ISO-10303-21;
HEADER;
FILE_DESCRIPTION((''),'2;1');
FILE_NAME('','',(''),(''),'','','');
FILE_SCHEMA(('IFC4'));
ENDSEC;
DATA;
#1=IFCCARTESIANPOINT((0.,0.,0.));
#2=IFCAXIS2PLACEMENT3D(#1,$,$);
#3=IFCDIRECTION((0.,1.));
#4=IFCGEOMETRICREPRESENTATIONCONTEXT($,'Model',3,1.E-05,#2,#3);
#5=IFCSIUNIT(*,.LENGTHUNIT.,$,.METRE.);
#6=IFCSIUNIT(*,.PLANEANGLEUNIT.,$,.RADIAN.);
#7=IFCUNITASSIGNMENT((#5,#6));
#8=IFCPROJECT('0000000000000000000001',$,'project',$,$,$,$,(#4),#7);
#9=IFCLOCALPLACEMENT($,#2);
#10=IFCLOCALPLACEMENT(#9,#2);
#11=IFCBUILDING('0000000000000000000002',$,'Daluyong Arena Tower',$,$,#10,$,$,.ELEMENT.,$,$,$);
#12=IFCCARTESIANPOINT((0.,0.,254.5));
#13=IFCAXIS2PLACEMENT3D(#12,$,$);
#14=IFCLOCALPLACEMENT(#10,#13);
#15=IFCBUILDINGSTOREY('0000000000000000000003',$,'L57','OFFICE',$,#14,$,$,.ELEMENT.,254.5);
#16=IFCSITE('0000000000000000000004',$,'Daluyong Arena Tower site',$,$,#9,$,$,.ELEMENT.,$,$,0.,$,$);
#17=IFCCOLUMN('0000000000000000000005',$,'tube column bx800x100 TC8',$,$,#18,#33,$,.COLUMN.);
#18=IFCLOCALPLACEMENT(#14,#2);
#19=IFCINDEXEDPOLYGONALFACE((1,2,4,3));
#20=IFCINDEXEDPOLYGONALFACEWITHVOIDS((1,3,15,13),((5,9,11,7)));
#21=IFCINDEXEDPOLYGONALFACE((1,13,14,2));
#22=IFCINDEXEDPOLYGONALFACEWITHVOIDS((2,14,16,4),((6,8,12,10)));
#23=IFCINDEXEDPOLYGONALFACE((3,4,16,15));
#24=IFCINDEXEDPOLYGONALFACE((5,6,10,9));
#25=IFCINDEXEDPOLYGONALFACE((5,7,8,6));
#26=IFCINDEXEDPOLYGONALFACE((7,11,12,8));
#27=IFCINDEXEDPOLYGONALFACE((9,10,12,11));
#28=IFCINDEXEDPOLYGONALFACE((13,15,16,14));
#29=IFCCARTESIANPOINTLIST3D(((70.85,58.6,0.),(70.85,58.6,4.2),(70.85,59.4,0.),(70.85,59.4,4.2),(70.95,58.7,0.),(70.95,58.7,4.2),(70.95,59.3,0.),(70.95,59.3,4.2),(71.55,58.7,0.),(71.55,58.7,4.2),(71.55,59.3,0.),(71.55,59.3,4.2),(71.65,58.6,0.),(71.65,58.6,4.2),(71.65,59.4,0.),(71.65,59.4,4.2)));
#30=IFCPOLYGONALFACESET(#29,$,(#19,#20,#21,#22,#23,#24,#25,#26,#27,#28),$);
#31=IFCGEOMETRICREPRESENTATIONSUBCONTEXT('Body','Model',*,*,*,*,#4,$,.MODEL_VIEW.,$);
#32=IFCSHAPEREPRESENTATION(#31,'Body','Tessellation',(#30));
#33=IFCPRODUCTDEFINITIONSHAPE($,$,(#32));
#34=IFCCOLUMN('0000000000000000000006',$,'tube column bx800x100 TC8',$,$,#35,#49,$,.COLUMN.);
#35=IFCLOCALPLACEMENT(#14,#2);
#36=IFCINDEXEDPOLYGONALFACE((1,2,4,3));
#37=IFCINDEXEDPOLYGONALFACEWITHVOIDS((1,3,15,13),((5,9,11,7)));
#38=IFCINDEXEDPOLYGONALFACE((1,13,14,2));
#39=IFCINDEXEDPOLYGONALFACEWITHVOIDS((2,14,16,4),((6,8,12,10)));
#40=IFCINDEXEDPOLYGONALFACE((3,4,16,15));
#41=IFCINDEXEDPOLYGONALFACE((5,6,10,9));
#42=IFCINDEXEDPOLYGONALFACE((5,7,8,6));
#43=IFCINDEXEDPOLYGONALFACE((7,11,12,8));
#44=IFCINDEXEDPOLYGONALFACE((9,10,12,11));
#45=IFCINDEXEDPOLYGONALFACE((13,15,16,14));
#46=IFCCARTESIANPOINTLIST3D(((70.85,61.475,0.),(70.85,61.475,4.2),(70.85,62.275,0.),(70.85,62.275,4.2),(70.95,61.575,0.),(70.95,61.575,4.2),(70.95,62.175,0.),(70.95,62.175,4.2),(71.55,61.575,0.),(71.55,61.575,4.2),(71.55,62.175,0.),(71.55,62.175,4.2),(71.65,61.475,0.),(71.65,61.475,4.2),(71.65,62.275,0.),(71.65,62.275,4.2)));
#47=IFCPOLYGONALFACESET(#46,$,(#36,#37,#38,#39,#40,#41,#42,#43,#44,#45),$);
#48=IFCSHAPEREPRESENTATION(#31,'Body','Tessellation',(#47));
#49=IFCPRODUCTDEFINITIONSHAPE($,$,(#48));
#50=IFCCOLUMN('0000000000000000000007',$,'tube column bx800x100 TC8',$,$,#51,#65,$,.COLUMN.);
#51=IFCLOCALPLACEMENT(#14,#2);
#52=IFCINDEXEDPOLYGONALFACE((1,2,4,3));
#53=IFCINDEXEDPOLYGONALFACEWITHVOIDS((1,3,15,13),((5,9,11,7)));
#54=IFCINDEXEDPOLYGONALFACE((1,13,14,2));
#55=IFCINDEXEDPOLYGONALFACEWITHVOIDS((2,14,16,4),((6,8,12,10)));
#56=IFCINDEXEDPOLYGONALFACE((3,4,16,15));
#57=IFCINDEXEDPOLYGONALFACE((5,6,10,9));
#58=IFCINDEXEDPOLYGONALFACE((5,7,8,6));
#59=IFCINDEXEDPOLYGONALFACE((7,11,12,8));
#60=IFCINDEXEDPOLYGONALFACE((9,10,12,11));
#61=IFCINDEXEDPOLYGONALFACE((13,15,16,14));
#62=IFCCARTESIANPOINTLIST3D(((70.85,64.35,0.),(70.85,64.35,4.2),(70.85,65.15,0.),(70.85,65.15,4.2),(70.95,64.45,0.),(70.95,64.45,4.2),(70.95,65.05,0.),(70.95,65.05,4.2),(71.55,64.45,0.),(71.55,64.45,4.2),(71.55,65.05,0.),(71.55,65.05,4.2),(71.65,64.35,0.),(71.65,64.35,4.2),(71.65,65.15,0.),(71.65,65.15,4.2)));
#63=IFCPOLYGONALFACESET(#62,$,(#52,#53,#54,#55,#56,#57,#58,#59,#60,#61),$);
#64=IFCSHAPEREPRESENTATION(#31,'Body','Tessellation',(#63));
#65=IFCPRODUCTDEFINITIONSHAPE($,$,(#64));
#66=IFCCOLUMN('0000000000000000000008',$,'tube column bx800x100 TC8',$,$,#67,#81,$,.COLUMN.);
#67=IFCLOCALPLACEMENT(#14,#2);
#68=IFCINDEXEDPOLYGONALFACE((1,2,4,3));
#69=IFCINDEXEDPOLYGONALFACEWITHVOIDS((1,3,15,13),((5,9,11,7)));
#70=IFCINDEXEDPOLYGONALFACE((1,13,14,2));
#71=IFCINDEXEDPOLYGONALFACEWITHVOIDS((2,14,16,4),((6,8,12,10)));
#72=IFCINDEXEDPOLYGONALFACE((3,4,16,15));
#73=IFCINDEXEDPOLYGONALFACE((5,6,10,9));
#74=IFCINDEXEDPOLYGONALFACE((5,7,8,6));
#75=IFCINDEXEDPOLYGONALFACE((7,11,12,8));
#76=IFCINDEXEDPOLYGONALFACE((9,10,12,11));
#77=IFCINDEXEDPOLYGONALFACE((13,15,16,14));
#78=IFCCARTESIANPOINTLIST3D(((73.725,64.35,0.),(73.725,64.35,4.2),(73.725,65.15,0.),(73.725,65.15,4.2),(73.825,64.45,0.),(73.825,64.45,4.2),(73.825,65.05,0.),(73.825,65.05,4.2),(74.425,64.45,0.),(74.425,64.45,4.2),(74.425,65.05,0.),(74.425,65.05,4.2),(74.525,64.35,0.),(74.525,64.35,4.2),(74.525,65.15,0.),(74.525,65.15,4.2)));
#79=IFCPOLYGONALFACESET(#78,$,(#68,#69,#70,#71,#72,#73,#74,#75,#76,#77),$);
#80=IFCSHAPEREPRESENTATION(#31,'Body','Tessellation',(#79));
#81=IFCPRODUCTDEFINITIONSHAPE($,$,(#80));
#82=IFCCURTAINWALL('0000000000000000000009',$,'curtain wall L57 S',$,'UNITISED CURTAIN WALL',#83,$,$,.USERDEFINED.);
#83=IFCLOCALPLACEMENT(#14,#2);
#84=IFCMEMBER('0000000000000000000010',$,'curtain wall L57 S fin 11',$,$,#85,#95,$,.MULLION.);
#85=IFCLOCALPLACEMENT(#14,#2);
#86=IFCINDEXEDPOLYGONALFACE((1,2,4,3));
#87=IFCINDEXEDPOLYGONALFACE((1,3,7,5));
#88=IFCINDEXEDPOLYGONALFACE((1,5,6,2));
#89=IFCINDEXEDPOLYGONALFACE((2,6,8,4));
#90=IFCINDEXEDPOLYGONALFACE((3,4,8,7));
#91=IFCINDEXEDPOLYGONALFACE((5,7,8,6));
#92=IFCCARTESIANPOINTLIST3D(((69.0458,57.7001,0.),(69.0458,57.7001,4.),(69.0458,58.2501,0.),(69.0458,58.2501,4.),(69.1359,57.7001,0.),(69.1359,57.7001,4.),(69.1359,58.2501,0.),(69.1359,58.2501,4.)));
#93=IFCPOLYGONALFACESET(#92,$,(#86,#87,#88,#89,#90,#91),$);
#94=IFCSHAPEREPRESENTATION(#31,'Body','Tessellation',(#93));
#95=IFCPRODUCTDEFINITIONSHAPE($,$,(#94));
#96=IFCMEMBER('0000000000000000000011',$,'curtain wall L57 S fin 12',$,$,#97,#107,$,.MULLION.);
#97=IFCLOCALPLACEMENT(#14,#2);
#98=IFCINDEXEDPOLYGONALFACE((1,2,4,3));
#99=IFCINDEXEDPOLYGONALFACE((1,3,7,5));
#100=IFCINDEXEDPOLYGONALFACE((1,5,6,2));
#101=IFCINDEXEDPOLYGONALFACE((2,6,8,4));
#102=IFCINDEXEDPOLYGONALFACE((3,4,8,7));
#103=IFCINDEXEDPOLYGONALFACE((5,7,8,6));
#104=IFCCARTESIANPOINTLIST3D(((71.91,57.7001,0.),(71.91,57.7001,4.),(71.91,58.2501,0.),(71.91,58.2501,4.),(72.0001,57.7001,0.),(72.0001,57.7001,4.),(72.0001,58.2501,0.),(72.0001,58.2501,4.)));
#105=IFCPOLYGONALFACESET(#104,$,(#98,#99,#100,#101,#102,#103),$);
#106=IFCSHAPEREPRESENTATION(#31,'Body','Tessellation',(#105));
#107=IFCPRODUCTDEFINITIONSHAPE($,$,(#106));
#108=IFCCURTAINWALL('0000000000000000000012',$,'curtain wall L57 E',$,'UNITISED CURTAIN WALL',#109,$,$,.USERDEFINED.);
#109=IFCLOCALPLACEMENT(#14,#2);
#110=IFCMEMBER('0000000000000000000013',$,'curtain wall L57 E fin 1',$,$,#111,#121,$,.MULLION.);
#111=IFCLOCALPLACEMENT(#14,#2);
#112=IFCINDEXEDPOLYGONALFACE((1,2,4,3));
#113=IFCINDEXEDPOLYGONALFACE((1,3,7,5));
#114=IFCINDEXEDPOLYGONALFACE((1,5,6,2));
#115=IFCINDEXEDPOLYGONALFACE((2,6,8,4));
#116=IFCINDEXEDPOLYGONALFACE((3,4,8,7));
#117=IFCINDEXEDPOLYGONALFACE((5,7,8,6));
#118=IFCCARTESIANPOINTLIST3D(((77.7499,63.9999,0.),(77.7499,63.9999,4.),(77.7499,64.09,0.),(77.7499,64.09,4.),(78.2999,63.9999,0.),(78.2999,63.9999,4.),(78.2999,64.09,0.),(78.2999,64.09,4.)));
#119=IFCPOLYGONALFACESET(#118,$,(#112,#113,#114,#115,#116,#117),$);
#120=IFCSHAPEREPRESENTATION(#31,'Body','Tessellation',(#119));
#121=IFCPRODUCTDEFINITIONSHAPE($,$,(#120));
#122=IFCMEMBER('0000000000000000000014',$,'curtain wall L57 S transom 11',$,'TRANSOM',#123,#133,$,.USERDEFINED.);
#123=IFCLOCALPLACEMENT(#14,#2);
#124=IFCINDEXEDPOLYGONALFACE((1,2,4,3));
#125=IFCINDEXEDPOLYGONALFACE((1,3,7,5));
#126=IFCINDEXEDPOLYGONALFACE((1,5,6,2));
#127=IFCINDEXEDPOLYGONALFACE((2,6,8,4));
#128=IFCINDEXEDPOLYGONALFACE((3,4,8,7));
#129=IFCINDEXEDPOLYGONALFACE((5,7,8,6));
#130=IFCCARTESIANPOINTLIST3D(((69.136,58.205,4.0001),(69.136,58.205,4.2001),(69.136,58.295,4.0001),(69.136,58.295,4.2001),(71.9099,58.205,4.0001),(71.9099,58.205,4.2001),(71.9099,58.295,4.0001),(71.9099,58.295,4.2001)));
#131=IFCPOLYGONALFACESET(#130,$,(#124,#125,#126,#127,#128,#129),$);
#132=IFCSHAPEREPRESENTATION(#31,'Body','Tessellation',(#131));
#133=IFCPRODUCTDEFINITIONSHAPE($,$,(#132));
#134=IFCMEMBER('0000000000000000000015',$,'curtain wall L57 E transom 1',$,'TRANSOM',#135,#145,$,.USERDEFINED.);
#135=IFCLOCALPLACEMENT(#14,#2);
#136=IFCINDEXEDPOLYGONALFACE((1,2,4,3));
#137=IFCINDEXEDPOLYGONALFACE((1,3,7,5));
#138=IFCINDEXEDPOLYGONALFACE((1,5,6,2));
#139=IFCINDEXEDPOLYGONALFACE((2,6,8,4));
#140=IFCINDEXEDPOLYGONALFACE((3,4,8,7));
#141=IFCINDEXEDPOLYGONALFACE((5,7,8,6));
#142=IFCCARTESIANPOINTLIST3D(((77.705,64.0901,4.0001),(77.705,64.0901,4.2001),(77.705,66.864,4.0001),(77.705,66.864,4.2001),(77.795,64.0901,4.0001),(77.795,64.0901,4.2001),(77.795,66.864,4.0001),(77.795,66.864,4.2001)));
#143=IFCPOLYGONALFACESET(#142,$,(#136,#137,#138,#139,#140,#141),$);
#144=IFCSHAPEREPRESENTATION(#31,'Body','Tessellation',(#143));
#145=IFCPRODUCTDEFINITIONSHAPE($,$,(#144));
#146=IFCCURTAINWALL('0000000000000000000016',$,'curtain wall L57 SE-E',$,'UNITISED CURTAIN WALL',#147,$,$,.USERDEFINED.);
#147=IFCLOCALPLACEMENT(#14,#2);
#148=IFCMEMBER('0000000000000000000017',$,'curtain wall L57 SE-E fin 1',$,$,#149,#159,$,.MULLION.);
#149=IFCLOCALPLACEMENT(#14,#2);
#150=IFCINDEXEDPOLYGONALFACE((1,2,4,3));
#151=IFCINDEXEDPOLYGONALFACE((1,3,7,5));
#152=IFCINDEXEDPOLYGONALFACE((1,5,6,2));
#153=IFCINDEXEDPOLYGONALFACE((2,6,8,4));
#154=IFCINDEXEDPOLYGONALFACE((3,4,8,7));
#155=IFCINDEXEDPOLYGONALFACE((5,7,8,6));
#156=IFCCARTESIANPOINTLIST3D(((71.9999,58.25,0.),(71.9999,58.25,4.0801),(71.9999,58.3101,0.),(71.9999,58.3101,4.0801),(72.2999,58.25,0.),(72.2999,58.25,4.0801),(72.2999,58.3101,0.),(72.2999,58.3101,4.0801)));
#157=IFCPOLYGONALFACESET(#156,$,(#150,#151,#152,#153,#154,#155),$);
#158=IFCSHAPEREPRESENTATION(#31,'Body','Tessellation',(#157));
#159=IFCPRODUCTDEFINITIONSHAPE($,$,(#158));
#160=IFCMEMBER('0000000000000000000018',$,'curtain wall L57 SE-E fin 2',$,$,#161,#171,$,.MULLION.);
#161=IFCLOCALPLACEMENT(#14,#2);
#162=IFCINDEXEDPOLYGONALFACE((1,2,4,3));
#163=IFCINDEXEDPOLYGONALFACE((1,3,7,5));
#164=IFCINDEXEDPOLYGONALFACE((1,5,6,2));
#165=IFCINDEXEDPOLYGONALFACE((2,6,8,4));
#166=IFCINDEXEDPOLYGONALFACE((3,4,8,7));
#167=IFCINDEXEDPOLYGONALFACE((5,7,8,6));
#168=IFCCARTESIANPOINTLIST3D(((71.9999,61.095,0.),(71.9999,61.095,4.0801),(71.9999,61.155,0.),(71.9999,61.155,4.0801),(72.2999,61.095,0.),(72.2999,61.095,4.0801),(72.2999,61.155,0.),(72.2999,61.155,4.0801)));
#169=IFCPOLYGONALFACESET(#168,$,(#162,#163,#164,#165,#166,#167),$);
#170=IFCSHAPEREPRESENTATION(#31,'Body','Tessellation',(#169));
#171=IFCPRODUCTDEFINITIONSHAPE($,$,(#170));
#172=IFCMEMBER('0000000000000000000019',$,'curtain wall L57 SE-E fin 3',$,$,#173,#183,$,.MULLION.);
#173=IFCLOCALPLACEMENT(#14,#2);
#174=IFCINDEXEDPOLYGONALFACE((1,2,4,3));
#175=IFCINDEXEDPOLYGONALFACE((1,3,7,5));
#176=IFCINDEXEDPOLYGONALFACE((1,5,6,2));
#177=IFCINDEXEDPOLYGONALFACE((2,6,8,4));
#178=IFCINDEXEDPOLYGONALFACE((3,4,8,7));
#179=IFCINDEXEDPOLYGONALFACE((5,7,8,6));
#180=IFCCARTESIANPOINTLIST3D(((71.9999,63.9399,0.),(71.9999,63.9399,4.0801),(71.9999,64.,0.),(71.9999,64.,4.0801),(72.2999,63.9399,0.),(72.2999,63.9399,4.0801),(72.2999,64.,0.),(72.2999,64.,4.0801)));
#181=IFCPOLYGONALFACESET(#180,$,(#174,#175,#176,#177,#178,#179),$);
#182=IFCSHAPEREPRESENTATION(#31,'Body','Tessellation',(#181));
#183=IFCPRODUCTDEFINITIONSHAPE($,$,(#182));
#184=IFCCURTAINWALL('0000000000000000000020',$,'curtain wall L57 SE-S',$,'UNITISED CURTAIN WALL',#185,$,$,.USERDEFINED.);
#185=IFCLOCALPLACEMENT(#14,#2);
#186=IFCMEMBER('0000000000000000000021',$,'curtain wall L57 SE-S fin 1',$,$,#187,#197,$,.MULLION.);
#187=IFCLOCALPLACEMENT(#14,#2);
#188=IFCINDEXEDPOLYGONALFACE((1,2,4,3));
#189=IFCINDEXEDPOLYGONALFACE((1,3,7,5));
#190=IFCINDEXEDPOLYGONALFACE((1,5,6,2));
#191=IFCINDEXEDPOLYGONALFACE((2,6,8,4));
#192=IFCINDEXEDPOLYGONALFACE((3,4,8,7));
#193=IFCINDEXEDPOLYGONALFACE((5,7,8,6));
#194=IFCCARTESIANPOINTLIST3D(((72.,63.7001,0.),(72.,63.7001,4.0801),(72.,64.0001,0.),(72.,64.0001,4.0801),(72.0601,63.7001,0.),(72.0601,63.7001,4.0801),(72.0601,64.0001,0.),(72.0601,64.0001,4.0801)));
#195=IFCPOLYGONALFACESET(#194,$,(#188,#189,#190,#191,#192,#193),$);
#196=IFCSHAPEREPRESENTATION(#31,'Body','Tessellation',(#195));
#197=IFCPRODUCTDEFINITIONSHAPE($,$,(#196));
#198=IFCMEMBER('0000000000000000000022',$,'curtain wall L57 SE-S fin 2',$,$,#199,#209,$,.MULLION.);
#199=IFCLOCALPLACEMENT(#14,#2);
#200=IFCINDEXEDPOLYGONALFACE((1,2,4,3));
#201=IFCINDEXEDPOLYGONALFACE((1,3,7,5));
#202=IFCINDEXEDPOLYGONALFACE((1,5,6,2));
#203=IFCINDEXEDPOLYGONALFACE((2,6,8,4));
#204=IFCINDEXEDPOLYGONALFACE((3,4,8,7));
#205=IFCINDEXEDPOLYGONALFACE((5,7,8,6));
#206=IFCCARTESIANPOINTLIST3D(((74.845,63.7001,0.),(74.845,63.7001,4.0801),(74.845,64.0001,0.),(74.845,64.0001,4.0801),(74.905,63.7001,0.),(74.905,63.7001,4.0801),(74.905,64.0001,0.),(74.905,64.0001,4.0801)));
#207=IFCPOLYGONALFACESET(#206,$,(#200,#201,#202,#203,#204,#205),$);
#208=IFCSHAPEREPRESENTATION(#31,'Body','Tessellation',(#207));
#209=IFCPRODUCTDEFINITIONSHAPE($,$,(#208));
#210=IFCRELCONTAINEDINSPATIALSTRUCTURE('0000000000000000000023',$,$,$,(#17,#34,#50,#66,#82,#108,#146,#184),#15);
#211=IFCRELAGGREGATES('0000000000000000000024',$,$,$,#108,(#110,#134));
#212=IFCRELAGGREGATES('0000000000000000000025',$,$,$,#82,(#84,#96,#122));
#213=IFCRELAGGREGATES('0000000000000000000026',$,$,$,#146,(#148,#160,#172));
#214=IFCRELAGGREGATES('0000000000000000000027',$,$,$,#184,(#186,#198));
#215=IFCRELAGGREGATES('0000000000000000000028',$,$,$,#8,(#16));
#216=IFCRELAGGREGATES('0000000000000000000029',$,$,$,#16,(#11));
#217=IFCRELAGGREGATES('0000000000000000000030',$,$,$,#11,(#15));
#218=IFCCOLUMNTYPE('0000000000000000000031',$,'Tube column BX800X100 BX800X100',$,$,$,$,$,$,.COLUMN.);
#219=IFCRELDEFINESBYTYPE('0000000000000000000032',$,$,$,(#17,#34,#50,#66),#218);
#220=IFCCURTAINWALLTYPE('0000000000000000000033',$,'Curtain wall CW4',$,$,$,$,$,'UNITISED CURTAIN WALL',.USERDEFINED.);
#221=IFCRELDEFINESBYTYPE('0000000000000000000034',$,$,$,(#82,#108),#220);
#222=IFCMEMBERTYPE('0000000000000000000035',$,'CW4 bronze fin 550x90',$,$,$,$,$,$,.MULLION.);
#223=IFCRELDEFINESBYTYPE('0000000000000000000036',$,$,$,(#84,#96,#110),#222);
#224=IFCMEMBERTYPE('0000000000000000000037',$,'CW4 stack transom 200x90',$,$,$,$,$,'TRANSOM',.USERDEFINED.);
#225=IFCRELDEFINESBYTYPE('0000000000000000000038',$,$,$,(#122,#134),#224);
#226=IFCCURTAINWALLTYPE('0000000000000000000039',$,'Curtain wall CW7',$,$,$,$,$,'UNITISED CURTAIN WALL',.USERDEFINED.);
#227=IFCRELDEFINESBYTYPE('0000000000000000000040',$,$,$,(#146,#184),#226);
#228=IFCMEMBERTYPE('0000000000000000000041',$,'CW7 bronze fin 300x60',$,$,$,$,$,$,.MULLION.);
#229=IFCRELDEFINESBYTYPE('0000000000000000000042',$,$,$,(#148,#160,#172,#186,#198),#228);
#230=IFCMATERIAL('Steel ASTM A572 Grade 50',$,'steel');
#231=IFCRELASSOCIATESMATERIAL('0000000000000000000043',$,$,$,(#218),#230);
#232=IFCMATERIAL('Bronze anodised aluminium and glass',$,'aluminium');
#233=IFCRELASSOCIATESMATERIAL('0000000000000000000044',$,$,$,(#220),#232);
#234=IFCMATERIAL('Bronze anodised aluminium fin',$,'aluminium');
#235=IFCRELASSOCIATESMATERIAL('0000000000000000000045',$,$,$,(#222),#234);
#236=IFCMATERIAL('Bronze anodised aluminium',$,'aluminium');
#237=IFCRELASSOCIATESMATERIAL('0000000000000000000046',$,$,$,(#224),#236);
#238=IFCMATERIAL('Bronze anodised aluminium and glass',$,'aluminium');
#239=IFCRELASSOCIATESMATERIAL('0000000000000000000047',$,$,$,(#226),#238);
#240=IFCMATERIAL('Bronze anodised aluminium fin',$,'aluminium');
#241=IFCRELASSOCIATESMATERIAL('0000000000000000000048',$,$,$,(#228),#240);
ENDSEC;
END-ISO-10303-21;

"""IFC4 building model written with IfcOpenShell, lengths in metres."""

from ifc_helpers import new_model, si_unit, direction, frame, origin, origin_2d, place, context, subcontext, project, spatial, rectangle, hollow_rectangle, extrude, material, material_profile, profile_set, type_object, element, aggregate, save


model = new_model("IFC4")

# Units and contexts
model_context = context("Model", 3, precision=1e-05, world=origin(), true_north=direction((0.0, 1.0)))
body_context = subcontext(model_context, "Body", "Model", "MODEL_VIEW")
ifc_project = project(units=[si_unit("LENGTHUNIT", "METRE"), si_unit("PLANEANGLEUNIT", "RADIAN")], contexts=[model_context])

# Site, building, storey
site_placement = place(None, origin())
site = spatial("IfcSite", under=ifc_project, at=site_placement, Name="Daluyong Arena Tower site", CompositionType="ELEMENT", RefElevation=0.0)
building_placement = place(site_placement, origin())
building = spatial("IfcBuilding", under=site, at=building_placement, Name="Daluyong Arena Tower", CompositionType="ELEMENT")
storey_placement = place(building_placement, frame((0.0, 0.0, 254.5)))
storey = spatial("IfcBuildingStorey", under=building, at=storey_placement, Name="L57", Description="OFFICE", CompositionType="ELEMENT", Elevation=254.5)

# Columns
ifc_material_1 = material(Name="Steel ASTM A572 Grade 50", Category="steel")
ifc_material_profile_1 = material_profile(ifc_material_1, hollow_rectangle(XDim=0.8, YDim=0.8, WallThickness=0.1, at=origin_2d()))
ifc_profile_set_1 = profile_set([ifc_material_profile_1], Name="Steel ASTM A572 Grade 50")
column_type = type_object("IfcColumnType", Name="Tube column BX800X100 BX800X100", PredefinedType="COLUMN", material=ifc_profile_set_1)
for number, where, z_axis, x_axis, name in (
    (1, (71.25, 59.0, 0.0), (0.0, 0.0, 1.0), (0.0, 1.0, 0.0), "tube column bx800x100 TC8"),
    (2, (71.25, 61.875, 0.0), (0.0, 0.0, 1.0), (0.0, 1.0, 0.0), "tube column bx800x100 TC8"),
    (3, (71.25, 64.75, 0.0), (0.0, 0.0, 1.0), (1.0, 0.0, 0.0), "tube column bx800x100 TC8"),
    (4, (74.125, 64.75, 0.0), (0.0, 0.0, 1.0), (1.0, 0.0, 0.0), "tube column bx800x100 TC8"),
):
    element("IfcColumn", number, at=place(storey_placement, frame(where, z_axis=z_axis, x_axis=x_axis)), inside=storey, type_object=column_type, Name=name, PredefinedType="COLUMN", context=body_context, shape_type="SweptSolid", body=[
        extrude(hollow_rectangle(XDim=0.8, YDim=0.8, WallThickness=0.1, at=origin_2d()), origin(), (0.0, 0.0, 1.0), 4.2),
    ])

# Curtain wall, members
ifc_material_2 = material(Name="Bronze anodised aluminium and glass", Category="aluminium")
curtain_wall_type_1 = type_object("IfcCurtainWallType", Name="Curtain wall CW4", ElementType="UNITISED CURTAIN WALL", PredefinedType="USERDEFINED", material=ifc_material_2)
curtain_wall_1_placement = place(storey_placement, origin())
curtain_wall_1 = element("IfcCurtainWall", 5, at=curtain_wall_1_placement, inside=storey, type_object=curtain_wall_type_1, Name="curtain wall L57 S", ObjectType="UNITISED CURTAIN WALL", PredefinedType="USERDEFINED")
ifc_material_3 = material(Name="Bronze anodised aluminium fin", Category="aluminium")
ifc_material_profile_2 = material_profile(ifc_material_3, rectangle(XDim=0.55, YDim=0.0901, at=origin_2d()))
ifc_profile_set_2 = profile_set([ifc_material_profile_2], Name="Bronze anodised aluminium fin")
member_type_1 = type_object("IfcMemberType", Name="CW4 bronze fin 550x90", PredefinedType="MULLION", material=ifc_profile_set_2)
member_1_placement = place(storey_placement, frame((69.0908, 57.9751, 0.0), z_axis=(0.0, 0.0, 1.0), x_axis=(0.0, 1.0, 0.0)))
member_1 = element("IfcMember", 6, at=member_1_placement, type_object=member_type_1, Name="curtain wall L57 S fin 11", PredefinedType="MULLION", context=body_context, shape_type="SweptSolid", body=[
    extrude(rectangle(XDim=0.55, YDim=0.0901, at=origin_2d()), origin(), (0.0, 0.0, 1.0), 4.0),
])
member_2_placement = place(storey_placement, frame((71.9551, 57.9751, 0.0), z_axis=(0.0, 0.0, 1.0), x_axis=(0.0, 1.0, 0.0)))
member_2 = element("IfcMember", 7, at=member_2_placement, type_object=member_type_1, Name="curtain wall L57 S fin 12", PredefinedType="MULLION", context=body_context, shape_type="SweptSolid", body=[
    extrude(rectangle(XDim=0.55, YDim=0.0901, at=origin_2d()), origin(), (0.0, 0.0, 1.0), 4.0),
])

# Curtain wall, member
curtain_wall_2_placement = place(storey_placement, origin())
curtain_wall_2 = element("IfcCurtainWall", 8, at=curtain_wall_2_placement, inside=storey, type_object=curtain_wall_type_1, Name="curtain wall L57 E", ObjectType="UNITISED CURTAIN WALL", PredefinedType="USERDEFINED")
member_3_placement = place(storey_placement, frame((78.0249, 64.0449, 0.0), z_axis=(0.0, 0.0, 1.0), x_axis=(-1.0, 0.0, 0.0)))
member_3 = element("IfcMember", 9, at=member_3_placement, type_object=member_type_1, Name="curtain wall L57 E fin 1", PredefinedType="MULLION", context=body_context, shape_type="SweptSolid", body=[
    extrude(rectangle(XDim=0.55, YDim=0.0901, at=origin_2d()), origin(), (0.0, 0.0, 1.0), 4.0),
])

# Members
ifc_material_4 = material(Name="Bronze anodised aluminium", Category="aluminium")
ifc_material_profile_3 = material_profile(ifc_material_4, rectangle(XDim=0.0901, YDim=0.2, at=origin_2d()))
ifc_profile_set_3 = profile_set([ifc_material_profile_3], Name="Bronze anodised aluminium")
member_type_2 = type_object("IfcMemberType", Name="CW4 stack transom 200x90", ElementType="TRANSOM", PredefinedType="USERDEFINED", material=ifc_profile_set_3)
member_4_placement = place(storey_placement, frame((69.136, 58.25, 4.1001), z_axis=(1.0, 0.0, 0.0), x_axis=(0.0, 1.0, 0.0)))
member_4 = element("IfcMember", 10, at=member_4_placement, type_object=member_type_2, Name="curtain wall L57 S transom 11", ObjectType="TRANSOM", PredefinedType="USERDEFINED", context=body_context, shape_type="SweptSolid", body=[
    extrude(rectangle(XDim=0.0901, YDim=0.2, at=origin_2d()), origin(), (0.0, 0.0, 1.0), 2.7739),
])
member_5_placement = place(storey_placement, frame((77.75, 64.0901, 4.1001), z_axis=(0.0, 1.0, 0.0), x_axis=(-1.0, 0.0, 0.0)))
member_5 = element("IfcMember", 11, at=member_5_placement, type_object=member_type_2, Name="curtain wall L57 E transom 1", ObjectType="TRANSOM", PredefinedType="USERDEFINED", context=body_context, shape_type="SweptSolid", body=[
    extrude(rectangle(XDim=0.0901, YDim=0.2, at=origin_2d()), origin(), (0.0, 0.0, 1.0), 2.7739),
])
aggregate(curtain_wall_2, [member_3, member_5])

# Curtain walls, members
ifc_material_5 = material(Name="Bronze anodised aluminium and glass", Category="aluminium")
curtain_wall_type_2 = type_object("IfcCurtainWallType", Name="Curtain wall CW7", ElementType="UNITISED CURTAIN WALL", PredefinedType="USERDEFINED", material=ifc_material_5)
curtain_wall_3_placement = place(storey_placement, origin())
curtain_wall_3 = element("IfcCurtainWall", 12, at=curtain_wall_3_placement, inside=storey, type_object=curtain_wall_type_2, Name="curtain wall L57 SE-E", ObjectType="UNITISED CURTAIN WALL", PredefinedType="USERDEFINED")
ifc_material_6 = material(Name="Bronze anodised aluminium fin", Category="aluminium")
ifc_material_profile_4 = material_profile(ifc_material_6, rectangle(XDim=0.3, YDim=0.0601, at=origin_2d()))
ifc_profile_set_4 = profile_set([ifc_material_profile_4], Name="Bronze anodised aluminium fin")
member_type_3 = type_object("IfcMemberType", Name="CW7 bronze fin 300x60", PredefinedType="MULLION", material=ifc_profile_set_4)
member_6_placement = place(storey_placement, frame((72.1499, 58.28, 0.0), z_axis=(0.0, 0.0, 1.0), x_axis=(-1.0, 0.0, 0.0)))
member_6 = element("IfcMember", 13, at=member_6_placement, type_object=member_type_3, Name="curtain wall L57 SE-E fin 1", PredefinedType="MULLION", context=body_context, shape_type="SweptSolid", body=[
    extrude(rectangle(XDim=0.3, YDim=0.0601, at=origin_2d()), origin(), (0.0, 0.0, 1.0), 4.0801),
])
member_7_placement = place(storey_placement, frame((72.1499, 61.125, 0.0), z_axis=(0.0, 0.0, 1.0), x_axis=(-1.0, 0.0, 0.0)))
member_7 = element("IfcMember", 14, at=member_7_placement, type_object=member_type_3, Name="curtain wall L57 SE-E fin 2", PredefinedType="MULLION", context=body_context, shape_type="SweptSolid", body=[
    extrude(rectangle(XDim=0.3, YDim=0.0601, at=origin_2d()), origin(), (0.0, 0.0, 1.0), 4.0801),
])
member_8_placement = place(storey_placement, frame((72.1499, 63.97, 0.0), z_axis=(0.0, 0.0, 1.0), x_axis=(-1.0, 0.0, 0.0)))
member_8 = element("IfcMember", 15, at=member_8_placement, type_object=member_type_3, Name="curtain wall L57 SE-E fin 3", PredefinedType="MULLION", context=body_context, shape_type="SweptSolid", body=[
    extrude(rectangle(XDim=0.3, YDim=0.0601, at=origin_2d()), origin(), (0.0, 0.0, 1.0), 4.0801),
])
curtain_wall_4_placement = place(storey_placement, origin())
curtain_wall_4 = element("IfcCurtainWall", 16, at=curtain_wall_4_placement, inside=storey, type_object=curtain_wall_type_2, Name="curtain wall L57 SE-S", ObjectType="UNITISED CURTAIN WALL", PredefinedType="USERDEFINED")
member_9_placement = place(storey_placement, frame((72.03, 63.8501, 0.0), z_axis=(0.0, 0.0, 1.0), x_axis=(0.0, 1.0, 0.0)))
member_9 = element("IfcMember", 17, at=member_9_placement, type_object=member_type_3, Name="curtain wall L57 SE-S fin 1", PredefinedType="MULLION", context=body_context, shape_type="SweptSolid", body=[
    extrude(rectangle(XDim=0.3, YDim=0.0601, at=origin_2d()), origin(), (0.0, 0.0, 1.0), 4.0801),
])
member_10_placement = place(storey_placement, frame((74.875, 63.8501, 0.0), z_axis=(0.0, 0.0, 1.0), x_axis=(0.0, 1.0, 0.0)))
member_10 = element("IfcMember", 18, at=member_10_placement, type_object=member_type_3, Name="curtain wall L57 SE-S fin 2", PredefinedType="MULLION", context=body_context, shape_type="SweptSolid", body=[
    extrude(rectangle(XDim=0.3, YDim=0.0601, at=origin_2d()), origin(), (0.0, 0.0, 1.0), 4.0801),
])

aggregate(curtain_wall_1, [member_1, member_2, member_4])
aggregate(curtain_wall_3, [member_6, member_7, member_8])
aggregate(curtain_wall_4, [member_9, member_10])

save(model, "model.ifc")
